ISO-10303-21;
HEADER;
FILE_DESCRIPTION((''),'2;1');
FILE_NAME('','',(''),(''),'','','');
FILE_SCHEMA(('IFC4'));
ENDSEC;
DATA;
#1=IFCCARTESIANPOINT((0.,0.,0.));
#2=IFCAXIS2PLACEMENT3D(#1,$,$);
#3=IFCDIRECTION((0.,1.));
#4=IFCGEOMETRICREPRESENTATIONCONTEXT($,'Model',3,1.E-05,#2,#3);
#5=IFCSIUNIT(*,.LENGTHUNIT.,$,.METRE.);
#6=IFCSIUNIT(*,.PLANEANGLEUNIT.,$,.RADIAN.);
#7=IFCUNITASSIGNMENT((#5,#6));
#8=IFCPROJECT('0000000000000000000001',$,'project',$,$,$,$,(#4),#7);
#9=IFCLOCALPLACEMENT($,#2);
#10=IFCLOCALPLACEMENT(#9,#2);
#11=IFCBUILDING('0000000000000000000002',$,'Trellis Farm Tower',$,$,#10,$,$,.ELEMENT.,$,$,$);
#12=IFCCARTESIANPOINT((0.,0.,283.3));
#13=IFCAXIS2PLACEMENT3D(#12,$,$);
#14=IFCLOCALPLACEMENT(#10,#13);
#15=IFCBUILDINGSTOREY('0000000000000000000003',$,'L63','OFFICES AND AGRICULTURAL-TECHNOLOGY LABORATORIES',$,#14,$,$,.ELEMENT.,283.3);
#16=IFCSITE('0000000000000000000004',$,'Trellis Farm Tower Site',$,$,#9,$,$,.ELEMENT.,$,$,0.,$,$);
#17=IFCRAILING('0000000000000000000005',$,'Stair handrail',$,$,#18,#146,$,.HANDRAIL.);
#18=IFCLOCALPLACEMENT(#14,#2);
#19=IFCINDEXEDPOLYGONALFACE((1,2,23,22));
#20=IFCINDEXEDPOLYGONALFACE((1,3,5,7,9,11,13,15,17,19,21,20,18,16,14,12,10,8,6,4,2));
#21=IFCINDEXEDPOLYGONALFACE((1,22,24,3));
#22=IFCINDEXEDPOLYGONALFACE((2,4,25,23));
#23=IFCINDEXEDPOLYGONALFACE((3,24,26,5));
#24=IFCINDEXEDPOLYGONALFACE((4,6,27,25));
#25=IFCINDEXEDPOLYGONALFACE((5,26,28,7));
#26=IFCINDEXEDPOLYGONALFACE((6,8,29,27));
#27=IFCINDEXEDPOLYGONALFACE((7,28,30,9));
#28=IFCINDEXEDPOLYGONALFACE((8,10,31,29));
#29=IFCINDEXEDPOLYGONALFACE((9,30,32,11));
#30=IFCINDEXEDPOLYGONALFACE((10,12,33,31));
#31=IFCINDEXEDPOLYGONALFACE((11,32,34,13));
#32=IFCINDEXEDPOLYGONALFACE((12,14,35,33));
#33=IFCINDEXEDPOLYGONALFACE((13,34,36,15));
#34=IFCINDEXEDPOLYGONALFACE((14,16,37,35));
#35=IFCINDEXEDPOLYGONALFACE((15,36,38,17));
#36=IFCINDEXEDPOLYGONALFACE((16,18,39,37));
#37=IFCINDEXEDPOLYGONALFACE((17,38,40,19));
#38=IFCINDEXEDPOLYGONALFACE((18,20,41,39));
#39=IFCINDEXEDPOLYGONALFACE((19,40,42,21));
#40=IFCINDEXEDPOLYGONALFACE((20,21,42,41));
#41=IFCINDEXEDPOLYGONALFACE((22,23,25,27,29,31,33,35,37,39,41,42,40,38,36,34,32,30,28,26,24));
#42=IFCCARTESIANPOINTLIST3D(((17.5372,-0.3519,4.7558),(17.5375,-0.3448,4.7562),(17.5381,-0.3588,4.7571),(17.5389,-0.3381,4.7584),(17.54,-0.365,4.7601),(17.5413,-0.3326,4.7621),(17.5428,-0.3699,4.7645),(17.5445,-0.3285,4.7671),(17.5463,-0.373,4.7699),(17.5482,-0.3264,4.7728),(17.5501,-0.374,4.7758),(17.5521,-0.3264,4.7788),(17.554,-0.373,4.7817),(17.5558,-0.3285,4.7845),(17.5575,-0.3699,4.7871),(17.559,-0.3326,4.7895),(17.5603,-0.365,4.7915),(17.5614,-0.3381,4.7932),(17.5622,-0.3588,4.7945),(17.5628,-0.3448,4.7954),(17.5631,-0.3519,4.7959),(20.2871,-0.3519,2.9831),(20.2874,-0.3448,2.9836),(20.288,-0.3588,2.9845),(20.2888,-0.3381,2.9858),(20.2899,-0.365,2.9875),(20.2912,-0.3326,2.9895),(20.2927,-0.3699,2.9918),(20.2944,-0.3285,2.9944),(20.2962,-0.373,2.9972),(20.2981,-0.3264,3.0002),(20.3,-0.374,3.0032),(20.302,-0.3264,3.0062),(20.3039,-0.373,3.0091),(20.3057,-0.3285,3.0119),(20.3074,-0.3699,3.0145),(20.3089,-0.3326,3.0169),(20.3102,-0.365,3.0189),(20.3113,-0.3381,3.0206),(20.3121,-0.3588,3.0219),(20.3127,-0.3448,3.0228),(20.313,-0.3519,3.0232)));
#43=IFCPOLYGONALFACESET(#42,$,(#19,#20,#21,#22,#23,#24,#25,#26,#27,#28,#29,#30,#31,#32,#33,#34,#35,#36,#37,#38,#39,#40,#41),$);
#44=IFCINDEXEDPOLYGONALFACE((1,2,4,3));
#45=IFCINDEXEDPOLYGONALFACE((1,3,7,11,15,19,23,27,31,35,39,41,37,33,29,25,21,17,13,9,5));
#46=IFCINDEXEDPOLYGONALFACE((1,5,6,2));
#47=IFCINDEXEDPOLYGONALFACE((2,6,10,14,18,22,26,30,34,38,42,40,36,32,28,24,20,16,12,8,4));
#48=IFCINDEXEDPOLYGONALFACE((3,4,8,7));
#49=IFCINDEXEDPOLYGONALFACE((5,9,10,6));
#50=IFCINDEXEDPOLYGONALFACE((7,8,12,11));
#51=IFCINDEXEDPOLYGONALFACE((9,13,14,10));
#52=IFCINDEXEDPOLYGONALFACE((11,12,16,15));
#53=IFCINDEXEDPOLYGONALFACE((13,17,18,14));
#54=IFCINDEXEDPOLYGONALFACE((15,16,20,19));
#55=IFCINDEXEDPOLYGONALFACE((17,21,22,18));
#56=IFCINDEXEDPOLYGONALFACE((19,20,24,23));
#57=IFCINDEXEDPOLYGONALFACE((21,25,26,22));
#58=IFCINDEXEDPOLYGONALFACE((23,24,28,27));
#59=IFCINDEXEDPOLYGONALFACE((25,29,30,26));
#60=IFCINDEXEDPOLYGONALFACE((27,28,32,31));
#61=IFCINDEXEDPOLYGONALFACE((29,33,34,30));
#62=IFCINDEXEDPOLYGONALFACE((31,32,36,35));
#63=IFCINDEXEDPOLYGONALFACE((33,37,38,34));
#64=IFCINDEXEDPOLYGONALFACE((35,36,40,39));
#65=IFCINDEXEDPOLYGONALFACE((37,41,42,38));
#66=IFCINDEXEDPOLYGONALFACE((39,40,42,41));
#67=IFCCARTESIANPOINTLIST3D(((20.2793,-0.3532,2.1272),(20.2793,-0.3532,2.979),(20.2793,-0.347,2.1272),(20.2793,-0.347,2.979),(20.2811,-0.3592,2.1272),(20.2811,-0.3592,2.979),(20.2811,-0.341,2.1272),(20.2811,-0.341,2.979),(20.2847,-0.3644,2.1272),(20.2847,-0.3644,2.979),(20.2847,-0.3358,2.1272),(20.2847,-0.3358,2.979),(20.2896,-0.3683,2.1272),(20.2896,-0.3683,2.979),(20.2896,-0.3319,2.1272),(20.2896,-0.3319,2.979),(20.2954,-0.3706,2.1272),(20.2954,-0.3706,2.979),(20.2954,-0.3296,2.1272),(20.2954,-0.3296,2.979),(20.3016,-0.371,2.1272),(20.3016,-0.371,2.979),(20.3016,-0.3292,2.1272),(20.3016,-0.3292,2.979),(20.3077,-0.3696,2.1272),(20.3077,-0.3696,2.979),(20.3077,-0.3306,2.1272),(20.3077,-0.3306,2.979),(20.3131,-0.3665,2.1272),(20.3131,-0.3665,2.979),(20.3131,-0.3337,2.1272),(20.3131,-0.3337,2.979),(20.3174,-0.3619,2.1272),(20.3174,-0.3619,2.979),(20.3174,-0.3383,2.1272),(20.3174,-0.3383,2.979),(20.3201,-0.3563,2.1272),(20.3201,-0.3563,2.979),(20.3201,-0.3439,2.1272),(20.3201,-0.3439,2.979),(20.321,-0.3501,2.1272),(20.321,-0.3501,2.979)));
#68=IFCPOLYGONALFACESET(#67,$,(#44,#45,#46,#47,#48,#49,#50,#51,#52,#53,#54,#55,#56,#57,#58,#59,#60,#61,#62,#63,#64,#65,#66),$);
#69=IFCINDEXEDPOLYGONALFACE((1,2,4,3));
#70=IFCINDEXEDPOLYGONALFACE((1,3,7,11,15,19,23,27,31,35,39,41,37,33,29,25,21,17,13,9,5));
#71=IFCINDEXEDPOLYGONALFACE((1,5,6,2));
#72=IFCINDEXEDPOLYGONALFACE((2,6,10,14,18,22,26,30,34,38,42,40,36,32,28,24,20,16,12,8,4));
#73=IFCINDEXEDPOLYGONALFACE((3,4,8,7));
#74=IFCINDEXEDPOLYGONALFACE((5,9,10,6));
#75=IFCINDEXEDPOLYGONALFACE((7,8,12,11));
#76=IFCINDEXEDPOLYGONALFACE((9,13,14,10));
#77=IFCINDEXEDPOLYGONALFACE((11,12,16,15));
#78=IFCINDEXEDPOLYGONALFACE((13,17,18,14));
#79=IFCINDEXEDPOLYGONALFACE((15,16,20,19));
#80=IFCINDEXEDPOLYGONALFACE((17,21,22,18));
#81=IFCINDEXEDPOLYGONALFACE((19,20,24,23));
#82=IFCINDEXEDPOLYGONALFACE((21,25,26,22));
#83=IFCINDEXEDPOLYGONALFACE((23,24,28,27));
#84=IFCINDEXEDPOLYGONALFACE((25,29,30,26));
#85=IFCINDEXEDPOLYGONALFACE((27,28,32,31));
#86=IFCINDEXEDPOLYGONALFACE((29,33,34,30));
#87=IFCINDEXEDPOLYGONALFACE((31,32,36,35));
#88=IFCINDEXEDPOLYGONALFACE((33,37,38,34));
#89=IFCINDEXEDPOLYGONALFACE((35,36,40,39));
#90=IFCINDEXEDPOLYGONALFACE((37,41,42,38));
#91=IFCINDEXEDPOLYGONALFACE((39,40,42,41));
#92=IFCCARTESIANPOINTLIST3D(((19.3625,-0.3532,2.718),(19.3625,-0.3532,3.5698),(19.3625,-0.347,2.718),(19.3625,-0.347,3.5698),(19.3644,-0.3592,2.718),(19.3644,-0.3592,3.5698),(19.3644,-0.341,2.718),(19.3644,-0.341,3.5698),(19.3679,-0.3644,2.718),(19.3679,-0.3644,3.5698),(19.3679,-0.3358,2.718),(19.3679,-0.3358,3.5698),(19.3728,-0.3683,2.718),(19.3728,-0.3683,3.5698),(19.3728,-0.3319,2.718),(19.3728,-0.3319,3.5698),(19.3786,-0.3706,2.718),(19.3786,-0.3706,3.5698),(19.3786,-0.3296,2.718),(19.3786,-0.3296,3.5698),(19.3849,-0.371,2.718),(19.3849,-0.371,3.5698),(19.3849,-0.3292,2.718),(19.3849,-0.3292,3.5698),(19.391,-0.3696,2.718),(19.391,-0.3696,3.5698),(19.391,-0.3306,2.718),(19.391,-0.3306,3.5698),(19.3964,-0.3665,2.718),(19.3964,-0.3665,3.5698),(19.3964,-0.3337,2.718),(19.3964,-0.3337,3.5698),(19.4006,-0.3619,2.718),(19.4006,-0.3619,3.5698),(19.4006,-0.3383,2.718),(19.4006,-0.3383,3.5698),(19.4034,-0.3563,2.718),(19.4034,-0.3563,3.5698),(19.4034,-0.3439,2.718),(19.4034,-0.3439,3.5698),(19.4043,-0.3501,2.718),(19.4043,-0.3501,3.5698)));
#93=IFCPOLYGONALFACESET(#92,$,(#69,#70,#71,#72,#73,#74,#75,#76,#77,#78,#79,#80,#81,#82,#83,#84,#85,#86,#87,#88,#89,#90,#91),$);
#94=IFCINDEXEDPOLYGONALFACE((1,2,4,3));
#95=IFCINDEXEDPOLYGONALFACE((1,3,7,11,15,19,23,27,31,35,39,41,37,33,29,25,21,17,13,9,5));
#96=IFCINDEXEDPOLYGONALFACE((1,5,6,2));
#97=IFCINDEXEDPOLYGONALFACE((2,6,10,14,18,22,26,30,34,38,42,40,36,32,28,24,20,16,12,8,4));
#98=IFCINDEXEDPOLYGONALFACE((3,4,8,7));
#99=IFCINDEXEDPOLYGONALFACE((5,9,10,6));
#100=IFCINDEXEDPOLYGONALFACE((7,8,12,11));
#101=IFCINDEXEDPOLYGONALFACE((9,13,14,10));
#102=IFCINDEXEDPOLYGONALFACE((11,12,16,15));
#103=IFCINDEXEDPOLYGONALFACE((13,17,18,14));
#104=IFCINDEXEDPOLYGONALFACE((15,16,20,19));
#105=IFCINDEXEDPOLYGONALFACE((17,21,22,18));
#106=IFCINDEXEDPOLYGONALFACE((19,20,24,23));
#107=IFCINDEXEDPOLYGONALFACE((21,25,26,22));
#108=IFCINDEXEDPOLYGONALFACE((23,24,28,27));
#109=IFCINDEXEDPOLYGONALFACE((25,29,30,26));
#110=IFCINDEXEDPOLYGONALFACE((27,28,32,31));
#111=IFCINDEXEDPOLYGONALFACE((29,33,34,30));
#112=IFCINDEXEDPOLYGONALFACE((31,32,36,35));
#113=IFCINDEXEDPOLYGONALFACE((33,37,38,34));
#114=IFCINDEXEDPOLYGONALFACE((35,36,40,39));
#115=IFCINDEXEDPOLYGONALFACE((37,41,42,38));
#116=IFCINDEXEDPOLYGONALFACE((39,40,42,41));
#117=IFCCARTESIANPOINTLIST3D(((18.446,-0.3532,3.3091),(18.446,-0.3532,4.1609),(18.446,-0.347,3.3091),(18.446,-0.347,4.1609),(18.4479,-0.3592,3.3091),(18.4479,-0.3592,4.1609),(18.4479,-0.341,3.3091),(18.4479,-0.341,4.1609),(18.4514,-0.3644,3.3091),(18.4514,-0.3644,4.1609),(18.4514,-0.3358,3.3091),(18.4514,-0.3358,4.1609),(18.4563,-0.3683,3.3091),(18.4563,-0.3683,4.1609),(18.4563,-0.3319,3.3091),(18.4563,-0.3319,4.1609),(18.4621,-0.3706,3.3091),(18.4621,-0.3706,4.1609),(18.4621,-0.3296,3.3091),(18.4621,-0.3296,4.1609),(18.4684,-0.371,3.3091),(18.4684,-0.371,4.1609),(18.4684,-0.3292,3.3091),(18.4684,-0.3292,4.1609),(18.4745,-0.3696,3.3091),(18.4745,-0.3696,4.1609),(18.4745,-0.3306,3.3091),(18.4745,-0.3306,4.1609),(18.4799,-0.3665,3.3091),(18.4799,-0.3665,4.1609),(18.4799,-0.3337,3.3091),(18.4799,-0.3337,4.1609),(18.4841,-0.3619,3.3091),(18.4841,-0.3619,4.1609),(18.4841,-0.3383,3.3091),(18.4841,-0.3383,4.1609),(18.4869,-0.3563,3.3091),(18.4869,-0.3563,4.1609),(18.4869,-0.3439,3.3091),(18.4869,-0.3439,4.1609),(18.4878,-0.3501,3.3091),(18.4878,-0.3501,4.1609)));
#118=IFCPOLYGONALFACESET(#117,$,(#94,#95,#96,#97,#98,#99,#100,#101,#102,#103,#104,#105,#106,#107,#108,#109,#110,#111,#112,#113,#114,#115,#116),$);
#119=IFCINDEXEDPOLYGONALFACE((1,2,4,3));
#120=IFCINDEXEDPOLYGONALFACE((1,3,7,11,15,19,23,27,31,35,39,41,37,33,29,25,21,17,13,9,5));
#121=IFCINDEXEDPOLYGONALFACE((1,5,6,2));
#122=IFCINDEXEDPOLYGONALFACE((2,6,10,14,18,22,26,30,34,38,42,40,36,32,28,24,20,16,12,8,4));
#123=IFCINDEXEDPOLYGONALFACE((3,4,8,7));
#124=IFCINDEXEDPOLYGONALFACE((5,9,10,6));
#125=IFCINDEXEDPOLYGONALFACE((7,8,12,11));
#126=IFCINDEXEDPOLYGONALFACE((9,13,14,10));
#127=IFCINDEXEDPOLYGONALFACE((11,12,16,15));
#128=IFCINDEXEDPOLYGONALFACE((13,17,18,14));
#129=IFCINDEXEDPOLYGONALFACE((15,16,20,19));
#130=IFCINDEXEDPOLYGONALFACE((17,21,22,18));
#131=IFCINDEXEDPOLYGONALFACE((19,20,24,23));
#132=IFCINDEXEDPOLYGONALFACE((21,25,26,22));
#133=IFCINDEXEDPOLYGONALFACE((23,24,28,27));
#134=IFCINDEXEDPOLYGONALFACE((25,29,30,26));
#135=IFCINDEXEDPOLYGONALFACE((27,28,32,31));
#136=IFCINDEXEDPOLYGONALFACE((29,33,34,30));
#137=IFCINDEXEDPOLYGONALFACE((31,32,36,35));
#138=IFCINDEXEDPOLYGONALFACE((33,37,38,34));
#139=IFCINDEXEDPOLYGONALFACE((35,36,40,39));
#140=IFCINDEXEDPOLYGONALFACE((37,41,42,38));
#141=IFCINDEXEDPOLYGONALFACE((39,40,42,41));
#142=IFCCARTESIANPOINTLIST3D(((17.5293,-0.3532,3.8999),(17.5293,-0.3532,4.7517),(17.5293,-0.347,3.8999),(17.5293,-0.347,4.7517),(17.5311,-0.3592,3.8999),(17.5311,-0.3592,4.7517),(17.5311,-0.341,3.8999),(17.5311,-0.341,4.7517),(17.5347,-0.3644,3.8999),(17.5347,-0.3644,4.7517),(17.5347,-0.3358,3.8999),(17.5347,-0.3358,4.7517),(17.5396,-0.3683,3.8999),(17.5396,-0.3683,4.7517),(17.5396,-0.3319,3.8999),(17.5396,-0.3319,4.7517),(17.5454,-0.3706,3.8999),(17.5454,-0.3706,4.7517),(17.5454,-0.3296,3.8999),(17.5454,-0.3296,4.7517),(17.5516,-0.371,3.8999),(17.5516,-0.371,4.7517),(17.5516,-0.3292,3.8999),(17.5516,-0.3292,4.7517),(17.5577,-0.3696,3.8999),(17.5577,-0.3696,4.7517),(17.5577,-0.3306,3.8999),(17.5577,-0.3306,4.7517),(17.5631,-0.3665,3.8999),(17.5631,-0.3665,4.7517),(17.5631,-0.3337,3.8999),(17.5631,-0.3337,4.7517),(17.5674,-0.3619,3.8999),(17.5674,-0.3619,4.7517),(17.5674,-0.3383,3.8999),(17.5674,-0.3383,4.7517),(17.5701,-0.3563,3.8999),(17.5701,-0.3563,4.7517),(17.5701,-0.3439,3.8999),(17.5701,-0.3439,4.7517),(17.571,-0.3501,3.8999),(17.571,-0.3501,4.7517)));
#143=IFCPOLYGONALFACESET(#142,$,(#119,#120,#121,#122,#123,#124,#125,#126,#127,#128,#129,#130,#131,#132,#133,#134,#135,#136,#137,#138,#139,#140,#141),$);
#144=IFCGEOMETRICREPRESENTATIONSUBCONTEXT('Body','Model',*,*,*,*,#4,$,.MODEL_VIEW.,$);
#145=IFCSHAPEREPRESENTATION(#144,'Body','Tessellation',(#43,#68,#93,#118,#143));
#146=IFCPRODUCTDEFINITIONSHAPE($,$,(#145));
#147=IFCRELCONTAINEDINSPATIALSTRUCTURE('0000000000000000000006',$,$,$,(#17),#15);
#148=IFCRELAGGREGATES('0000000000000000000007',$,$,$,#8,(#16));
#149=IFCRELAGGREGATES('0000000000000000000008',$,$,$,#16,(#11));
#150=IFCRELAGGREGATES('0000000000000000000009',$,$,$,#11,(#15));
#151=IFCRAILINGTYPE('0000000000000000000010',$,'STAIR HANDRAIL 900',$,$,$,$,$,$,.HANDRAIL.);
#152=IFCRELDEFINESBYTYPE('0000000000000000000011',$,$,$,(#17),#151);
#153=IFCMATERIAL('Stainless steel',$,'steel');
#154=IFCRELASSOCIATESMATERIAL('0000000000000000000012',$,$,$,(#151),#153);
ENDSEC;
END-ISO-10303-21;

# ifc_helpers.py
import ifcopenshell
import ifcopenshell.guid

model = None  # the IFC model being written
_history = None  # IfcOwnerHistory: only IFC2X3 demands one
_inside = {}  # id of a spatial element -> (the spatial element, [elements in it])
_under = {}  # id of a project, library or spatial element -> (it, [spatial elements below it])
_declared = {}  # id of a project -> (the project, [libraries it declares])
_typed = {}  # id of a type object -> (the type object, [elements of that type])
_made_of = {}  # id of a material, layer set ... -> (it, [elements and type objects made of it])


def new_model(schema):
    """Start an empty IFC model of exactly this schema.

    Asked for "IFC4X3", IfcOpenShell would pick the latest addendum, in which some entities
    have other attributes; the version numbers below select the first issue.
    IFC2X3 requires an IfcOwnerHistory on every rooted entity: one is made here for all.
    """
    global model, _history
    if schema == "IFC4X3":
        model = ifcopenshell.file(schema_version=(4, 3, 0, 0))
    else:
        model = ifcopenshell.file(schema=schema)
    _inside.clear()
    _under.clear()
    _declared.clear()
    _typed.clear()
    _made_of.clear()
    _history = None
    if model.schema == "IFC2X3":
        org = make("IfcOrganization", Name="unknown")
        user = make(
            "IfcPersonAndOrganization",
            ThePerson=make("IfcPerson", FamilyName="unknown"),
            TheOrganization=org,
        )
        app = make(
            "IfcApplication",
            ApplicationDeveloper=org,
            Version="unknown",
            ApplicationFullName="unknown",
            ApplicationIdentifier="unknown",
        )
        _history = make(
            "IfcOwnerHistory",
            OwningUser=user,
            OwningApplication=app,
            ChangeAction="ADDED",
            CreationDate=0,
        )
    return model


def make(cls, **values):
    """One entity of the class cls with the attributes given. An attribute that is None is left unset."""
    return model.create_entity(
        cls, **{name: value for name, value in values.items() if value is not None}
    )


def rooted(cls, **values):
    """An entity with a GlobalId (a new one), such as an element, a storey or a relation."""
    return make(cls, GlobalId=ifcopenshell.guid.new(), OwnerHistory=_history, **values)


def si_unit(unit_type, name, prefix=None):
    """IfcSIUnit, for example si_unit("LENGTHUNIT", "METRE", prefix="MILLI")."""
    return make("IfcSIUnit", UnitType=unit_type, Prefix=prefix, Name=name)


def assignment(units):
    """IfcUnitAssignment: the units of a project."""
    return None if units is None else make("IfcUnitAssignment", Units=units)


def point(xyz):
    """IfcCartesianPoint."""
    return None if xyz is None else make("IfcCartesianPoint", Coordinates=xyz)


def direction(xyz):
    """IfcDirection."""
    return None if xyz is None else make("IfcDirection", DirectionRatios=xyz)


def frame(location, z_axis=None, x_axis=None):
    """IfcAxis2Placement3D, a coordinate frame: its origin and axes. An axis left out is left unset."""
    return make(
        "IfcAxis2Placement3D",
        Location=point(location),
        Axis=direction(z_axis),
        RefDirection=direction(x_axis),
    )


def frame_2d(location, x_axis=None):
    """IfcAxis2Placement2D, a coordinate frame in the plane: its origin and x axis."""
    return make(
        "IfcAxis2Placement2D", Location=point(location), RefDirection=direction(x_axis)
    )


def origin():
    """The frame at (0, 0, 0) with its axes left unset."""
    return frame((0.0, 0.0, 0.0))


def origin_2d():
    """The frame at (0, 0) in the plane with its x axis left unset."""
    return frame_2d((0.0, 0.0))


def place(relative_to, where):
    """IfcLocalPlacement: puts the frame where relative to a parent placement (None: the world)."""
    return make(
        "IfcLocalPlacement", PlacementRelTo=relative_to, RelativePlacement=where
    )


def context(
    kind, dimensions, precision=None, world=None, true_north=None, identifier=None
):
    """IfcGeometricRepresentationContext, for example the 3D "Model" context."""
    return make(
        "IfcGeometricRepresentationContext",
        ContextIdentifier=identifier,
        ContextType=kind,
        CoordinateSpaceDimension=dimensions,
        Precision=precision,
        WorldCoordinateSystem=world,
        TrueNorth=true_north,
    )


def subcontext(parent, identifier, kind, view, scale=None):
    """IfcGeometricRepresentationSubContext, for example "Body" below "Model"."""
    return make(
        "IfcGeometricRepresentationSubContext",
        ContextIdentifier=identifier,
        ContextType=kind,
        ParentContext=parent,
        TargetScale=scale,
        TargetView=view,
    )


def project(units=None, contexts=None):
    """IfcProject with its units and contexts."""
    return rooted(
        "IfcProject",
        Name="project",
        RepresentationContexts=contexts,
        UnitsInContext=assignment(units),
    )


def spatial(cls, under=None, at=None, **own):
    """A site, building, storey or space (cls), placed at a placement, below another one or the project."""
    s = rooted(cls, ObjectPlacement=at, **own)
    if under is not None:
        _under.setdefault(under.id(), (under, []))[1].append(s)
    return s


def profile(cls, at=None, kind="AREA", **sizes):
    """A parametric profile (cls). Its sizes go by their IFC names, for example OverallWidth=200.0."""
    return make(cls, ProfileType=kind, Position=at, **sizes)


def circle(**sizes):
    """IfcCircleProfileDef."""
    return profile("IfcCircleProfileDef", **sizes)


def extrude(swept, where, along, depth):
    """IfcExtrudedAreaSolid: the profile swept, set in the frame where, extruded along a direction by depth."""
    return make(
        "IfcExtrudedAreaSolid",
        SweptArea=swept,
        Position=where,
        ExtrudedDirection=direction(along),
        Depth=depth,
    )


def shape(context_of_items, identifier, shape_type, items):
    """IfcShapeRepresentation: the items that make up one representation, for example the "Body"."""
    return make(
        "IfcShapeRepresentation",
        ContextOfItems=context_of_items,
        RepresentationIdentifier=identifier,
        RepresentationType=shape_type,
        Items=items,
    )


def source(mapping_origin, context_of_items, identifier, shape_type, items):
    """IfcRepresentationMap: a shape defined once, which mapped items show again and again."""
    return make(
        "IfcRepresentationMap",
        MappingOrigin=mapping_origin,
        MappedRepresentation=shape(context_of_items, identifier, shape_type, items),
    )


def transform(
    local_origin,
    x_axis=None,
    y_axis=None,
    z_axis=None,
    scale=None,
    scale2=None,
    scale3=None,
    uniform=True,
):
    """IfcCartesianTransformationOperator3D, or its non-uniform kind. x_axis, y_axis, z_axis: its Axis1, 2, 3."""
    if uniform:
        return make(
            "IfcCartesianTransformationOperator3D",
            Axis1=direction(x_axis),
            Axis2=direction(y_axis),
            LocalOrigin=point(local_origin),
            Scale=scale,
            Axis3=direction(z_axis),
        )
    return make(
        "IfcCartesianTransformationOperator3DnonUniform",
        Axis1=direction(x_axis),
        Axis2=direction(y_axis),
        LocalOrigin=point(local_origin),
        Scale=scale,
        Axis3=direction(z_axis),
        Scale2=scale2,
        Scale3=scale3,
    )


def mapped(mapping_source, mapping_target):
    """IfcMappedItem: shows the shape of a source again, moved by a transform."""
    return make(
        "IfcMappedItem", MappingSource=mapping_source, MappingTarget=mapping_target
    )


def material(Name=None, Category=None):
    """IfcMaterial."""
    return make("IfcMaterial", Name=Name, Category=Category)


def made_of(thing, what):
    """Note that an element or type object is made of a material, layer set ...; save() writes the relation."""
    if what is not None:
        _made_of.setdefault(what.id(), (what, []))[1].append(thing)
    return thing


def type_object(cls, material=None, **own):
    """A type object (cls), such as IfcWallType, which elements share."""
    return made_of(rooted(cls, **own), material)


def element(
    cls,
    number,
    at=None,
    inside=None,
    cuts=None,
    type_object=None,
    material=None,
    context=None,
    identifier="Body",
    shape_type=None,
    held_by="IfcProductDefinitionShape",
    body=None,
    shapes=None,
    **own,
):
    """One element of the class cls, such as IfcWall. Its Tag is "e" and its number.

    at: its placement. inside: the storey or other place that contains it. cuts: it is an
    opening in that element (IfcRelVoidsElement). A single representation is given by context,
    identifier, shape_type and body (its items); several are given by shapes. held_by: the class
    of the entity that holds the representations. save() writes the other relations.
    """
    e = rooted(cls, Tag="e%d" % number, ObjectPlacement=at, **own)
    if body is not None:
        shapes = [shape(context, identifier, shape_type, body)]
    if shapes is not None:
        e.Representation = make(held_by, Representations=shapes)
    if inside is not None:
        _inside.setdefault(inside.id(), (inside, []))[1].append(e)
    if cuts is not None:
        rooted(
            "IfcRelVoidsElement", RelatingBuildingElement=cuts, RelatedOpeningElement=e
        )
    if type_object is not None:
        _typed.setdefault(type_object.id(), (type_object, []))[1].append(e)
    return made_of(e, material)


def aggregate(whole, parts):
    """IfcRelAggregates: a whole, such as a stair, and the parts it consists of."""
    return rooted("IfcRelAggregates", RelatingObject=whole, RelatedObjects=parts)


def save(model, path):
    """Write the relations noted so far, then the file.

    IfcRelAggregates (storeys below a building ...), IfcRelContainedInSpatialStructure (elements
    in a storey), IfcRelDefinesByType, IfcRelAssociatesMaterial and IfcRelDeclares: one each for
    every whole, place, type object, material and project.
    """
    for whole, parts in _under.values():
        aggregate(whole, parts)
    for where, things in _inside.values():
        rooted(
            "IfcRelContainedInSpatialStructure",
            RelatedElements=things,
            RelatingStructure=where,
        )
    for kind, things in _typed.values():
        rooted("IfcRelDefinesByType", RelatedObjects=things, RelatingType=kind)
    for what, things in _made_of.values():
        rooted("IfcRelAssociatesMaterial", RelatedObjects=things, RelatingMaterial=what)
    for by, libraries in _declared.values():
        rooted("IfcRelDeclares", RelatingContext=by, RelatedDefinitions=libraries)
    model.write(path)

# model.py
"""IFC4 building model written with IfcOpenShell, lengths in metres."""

from ifc_helpers import new_model, si_unit, direction, frame, origin, origin_2d, place, context, subcontext, project, spatial, circle, extrude, source, transform, mapped, material, type_object, element, save


model = new_model("IFC4")

# Units and contexts
model_context = context("Model", 3, precision=1e-05, world=origin(), true_north=direction((0.0, 1.0)))
body_context = subcontext(model_context, "Body", "Model", "MODEL_VIEW")
ifc_project = project(units=[si_unit("LENGTHUNIT", "METRE"), si_unit("PLANEANGLEUNIT", "RADIAN")], contexts=[model_context])

# Site, building, storey
site_placement = place(None, origin())
site = spatial("IfcSite", under=ifc_project, at=site_placement, Name="Trellis Farm Tower Site", CompositionType="ELEMENT", RefElevation=0.0)
building_placement = place(site_placement, origin())
building = spatial("IfcBuilding", under=site, at=building_placement, Name="Trellis Farm Tower", CompositionType="ELEMENT")
storey_placement = place(building_placement, frame((0.0, 0.0, 283.3)))
storey = spatial("IfcBuildingStorey", under=building, at=storey_placement, Name="L63", Description="OFFICES AND AGRICULTURAL-TECHNOLOGY LABORATORIES", CompositionType="ELEMENT", Elevation=283.3)

# Railing
ifc_material_1 = material(Name="Stainless steel", Category="steel")
railing_type = type_object("IfcRailingType", Name="STAIR HANDRAIL 900", PredefinedType="HANDRAIL", material=ifc_material_1)
shared_shape_1 = source(origin(), body_context, "Body", "SweptSolid", [
    extrude(circle(Radius=0.0239, at=origin_2d()), frame((0.0, 0.0, 0.876), z_axis=(-0.840504, 0.0, 0.541806), x_axis=(0.0, -1.0, 0.0)), (0.0, 0.0, 1.0), 3.2717),
    extrude(circle(Radius=0.021, at=origin_2d()), origin(), (0.0, 0.0, 1.0), 0.8518),
    extrude(circle(Radius=0.021, at=origin_2d()), frame((-0.9167, 0.0, 0.5908)), (0.0, 0.0, 1.0), 0.8518),
    extrude(circle(Radius=0.021, at=origin_2d()), frame((-1.8333, 0.0, 1.1819)), (0.0, 0.0, 1.0), 0.8518),
    extrude(circle(Radius=0.021, at=origin_2d()), frame((-2.75, 0.0, 1.7727)), (0.0, 0.0, 1.0), 0.8518),
])
for number, where, name in (
    (1, (20.3, -0.3501, 2.1272), "Stair handrail"),
):
    element("IfcRailing", number, at=place(storey_placement, frame(where)), inside=storey, type_object=railing_type, Name=name, PredefinedType="HANDRAIL", context=body_context, shape_type="MappedRepresentation", body=[
        mapped(shared_shape_1, transform((0.0, 0.0, 0.0))),
    ])

save(model, "model.ifc")
